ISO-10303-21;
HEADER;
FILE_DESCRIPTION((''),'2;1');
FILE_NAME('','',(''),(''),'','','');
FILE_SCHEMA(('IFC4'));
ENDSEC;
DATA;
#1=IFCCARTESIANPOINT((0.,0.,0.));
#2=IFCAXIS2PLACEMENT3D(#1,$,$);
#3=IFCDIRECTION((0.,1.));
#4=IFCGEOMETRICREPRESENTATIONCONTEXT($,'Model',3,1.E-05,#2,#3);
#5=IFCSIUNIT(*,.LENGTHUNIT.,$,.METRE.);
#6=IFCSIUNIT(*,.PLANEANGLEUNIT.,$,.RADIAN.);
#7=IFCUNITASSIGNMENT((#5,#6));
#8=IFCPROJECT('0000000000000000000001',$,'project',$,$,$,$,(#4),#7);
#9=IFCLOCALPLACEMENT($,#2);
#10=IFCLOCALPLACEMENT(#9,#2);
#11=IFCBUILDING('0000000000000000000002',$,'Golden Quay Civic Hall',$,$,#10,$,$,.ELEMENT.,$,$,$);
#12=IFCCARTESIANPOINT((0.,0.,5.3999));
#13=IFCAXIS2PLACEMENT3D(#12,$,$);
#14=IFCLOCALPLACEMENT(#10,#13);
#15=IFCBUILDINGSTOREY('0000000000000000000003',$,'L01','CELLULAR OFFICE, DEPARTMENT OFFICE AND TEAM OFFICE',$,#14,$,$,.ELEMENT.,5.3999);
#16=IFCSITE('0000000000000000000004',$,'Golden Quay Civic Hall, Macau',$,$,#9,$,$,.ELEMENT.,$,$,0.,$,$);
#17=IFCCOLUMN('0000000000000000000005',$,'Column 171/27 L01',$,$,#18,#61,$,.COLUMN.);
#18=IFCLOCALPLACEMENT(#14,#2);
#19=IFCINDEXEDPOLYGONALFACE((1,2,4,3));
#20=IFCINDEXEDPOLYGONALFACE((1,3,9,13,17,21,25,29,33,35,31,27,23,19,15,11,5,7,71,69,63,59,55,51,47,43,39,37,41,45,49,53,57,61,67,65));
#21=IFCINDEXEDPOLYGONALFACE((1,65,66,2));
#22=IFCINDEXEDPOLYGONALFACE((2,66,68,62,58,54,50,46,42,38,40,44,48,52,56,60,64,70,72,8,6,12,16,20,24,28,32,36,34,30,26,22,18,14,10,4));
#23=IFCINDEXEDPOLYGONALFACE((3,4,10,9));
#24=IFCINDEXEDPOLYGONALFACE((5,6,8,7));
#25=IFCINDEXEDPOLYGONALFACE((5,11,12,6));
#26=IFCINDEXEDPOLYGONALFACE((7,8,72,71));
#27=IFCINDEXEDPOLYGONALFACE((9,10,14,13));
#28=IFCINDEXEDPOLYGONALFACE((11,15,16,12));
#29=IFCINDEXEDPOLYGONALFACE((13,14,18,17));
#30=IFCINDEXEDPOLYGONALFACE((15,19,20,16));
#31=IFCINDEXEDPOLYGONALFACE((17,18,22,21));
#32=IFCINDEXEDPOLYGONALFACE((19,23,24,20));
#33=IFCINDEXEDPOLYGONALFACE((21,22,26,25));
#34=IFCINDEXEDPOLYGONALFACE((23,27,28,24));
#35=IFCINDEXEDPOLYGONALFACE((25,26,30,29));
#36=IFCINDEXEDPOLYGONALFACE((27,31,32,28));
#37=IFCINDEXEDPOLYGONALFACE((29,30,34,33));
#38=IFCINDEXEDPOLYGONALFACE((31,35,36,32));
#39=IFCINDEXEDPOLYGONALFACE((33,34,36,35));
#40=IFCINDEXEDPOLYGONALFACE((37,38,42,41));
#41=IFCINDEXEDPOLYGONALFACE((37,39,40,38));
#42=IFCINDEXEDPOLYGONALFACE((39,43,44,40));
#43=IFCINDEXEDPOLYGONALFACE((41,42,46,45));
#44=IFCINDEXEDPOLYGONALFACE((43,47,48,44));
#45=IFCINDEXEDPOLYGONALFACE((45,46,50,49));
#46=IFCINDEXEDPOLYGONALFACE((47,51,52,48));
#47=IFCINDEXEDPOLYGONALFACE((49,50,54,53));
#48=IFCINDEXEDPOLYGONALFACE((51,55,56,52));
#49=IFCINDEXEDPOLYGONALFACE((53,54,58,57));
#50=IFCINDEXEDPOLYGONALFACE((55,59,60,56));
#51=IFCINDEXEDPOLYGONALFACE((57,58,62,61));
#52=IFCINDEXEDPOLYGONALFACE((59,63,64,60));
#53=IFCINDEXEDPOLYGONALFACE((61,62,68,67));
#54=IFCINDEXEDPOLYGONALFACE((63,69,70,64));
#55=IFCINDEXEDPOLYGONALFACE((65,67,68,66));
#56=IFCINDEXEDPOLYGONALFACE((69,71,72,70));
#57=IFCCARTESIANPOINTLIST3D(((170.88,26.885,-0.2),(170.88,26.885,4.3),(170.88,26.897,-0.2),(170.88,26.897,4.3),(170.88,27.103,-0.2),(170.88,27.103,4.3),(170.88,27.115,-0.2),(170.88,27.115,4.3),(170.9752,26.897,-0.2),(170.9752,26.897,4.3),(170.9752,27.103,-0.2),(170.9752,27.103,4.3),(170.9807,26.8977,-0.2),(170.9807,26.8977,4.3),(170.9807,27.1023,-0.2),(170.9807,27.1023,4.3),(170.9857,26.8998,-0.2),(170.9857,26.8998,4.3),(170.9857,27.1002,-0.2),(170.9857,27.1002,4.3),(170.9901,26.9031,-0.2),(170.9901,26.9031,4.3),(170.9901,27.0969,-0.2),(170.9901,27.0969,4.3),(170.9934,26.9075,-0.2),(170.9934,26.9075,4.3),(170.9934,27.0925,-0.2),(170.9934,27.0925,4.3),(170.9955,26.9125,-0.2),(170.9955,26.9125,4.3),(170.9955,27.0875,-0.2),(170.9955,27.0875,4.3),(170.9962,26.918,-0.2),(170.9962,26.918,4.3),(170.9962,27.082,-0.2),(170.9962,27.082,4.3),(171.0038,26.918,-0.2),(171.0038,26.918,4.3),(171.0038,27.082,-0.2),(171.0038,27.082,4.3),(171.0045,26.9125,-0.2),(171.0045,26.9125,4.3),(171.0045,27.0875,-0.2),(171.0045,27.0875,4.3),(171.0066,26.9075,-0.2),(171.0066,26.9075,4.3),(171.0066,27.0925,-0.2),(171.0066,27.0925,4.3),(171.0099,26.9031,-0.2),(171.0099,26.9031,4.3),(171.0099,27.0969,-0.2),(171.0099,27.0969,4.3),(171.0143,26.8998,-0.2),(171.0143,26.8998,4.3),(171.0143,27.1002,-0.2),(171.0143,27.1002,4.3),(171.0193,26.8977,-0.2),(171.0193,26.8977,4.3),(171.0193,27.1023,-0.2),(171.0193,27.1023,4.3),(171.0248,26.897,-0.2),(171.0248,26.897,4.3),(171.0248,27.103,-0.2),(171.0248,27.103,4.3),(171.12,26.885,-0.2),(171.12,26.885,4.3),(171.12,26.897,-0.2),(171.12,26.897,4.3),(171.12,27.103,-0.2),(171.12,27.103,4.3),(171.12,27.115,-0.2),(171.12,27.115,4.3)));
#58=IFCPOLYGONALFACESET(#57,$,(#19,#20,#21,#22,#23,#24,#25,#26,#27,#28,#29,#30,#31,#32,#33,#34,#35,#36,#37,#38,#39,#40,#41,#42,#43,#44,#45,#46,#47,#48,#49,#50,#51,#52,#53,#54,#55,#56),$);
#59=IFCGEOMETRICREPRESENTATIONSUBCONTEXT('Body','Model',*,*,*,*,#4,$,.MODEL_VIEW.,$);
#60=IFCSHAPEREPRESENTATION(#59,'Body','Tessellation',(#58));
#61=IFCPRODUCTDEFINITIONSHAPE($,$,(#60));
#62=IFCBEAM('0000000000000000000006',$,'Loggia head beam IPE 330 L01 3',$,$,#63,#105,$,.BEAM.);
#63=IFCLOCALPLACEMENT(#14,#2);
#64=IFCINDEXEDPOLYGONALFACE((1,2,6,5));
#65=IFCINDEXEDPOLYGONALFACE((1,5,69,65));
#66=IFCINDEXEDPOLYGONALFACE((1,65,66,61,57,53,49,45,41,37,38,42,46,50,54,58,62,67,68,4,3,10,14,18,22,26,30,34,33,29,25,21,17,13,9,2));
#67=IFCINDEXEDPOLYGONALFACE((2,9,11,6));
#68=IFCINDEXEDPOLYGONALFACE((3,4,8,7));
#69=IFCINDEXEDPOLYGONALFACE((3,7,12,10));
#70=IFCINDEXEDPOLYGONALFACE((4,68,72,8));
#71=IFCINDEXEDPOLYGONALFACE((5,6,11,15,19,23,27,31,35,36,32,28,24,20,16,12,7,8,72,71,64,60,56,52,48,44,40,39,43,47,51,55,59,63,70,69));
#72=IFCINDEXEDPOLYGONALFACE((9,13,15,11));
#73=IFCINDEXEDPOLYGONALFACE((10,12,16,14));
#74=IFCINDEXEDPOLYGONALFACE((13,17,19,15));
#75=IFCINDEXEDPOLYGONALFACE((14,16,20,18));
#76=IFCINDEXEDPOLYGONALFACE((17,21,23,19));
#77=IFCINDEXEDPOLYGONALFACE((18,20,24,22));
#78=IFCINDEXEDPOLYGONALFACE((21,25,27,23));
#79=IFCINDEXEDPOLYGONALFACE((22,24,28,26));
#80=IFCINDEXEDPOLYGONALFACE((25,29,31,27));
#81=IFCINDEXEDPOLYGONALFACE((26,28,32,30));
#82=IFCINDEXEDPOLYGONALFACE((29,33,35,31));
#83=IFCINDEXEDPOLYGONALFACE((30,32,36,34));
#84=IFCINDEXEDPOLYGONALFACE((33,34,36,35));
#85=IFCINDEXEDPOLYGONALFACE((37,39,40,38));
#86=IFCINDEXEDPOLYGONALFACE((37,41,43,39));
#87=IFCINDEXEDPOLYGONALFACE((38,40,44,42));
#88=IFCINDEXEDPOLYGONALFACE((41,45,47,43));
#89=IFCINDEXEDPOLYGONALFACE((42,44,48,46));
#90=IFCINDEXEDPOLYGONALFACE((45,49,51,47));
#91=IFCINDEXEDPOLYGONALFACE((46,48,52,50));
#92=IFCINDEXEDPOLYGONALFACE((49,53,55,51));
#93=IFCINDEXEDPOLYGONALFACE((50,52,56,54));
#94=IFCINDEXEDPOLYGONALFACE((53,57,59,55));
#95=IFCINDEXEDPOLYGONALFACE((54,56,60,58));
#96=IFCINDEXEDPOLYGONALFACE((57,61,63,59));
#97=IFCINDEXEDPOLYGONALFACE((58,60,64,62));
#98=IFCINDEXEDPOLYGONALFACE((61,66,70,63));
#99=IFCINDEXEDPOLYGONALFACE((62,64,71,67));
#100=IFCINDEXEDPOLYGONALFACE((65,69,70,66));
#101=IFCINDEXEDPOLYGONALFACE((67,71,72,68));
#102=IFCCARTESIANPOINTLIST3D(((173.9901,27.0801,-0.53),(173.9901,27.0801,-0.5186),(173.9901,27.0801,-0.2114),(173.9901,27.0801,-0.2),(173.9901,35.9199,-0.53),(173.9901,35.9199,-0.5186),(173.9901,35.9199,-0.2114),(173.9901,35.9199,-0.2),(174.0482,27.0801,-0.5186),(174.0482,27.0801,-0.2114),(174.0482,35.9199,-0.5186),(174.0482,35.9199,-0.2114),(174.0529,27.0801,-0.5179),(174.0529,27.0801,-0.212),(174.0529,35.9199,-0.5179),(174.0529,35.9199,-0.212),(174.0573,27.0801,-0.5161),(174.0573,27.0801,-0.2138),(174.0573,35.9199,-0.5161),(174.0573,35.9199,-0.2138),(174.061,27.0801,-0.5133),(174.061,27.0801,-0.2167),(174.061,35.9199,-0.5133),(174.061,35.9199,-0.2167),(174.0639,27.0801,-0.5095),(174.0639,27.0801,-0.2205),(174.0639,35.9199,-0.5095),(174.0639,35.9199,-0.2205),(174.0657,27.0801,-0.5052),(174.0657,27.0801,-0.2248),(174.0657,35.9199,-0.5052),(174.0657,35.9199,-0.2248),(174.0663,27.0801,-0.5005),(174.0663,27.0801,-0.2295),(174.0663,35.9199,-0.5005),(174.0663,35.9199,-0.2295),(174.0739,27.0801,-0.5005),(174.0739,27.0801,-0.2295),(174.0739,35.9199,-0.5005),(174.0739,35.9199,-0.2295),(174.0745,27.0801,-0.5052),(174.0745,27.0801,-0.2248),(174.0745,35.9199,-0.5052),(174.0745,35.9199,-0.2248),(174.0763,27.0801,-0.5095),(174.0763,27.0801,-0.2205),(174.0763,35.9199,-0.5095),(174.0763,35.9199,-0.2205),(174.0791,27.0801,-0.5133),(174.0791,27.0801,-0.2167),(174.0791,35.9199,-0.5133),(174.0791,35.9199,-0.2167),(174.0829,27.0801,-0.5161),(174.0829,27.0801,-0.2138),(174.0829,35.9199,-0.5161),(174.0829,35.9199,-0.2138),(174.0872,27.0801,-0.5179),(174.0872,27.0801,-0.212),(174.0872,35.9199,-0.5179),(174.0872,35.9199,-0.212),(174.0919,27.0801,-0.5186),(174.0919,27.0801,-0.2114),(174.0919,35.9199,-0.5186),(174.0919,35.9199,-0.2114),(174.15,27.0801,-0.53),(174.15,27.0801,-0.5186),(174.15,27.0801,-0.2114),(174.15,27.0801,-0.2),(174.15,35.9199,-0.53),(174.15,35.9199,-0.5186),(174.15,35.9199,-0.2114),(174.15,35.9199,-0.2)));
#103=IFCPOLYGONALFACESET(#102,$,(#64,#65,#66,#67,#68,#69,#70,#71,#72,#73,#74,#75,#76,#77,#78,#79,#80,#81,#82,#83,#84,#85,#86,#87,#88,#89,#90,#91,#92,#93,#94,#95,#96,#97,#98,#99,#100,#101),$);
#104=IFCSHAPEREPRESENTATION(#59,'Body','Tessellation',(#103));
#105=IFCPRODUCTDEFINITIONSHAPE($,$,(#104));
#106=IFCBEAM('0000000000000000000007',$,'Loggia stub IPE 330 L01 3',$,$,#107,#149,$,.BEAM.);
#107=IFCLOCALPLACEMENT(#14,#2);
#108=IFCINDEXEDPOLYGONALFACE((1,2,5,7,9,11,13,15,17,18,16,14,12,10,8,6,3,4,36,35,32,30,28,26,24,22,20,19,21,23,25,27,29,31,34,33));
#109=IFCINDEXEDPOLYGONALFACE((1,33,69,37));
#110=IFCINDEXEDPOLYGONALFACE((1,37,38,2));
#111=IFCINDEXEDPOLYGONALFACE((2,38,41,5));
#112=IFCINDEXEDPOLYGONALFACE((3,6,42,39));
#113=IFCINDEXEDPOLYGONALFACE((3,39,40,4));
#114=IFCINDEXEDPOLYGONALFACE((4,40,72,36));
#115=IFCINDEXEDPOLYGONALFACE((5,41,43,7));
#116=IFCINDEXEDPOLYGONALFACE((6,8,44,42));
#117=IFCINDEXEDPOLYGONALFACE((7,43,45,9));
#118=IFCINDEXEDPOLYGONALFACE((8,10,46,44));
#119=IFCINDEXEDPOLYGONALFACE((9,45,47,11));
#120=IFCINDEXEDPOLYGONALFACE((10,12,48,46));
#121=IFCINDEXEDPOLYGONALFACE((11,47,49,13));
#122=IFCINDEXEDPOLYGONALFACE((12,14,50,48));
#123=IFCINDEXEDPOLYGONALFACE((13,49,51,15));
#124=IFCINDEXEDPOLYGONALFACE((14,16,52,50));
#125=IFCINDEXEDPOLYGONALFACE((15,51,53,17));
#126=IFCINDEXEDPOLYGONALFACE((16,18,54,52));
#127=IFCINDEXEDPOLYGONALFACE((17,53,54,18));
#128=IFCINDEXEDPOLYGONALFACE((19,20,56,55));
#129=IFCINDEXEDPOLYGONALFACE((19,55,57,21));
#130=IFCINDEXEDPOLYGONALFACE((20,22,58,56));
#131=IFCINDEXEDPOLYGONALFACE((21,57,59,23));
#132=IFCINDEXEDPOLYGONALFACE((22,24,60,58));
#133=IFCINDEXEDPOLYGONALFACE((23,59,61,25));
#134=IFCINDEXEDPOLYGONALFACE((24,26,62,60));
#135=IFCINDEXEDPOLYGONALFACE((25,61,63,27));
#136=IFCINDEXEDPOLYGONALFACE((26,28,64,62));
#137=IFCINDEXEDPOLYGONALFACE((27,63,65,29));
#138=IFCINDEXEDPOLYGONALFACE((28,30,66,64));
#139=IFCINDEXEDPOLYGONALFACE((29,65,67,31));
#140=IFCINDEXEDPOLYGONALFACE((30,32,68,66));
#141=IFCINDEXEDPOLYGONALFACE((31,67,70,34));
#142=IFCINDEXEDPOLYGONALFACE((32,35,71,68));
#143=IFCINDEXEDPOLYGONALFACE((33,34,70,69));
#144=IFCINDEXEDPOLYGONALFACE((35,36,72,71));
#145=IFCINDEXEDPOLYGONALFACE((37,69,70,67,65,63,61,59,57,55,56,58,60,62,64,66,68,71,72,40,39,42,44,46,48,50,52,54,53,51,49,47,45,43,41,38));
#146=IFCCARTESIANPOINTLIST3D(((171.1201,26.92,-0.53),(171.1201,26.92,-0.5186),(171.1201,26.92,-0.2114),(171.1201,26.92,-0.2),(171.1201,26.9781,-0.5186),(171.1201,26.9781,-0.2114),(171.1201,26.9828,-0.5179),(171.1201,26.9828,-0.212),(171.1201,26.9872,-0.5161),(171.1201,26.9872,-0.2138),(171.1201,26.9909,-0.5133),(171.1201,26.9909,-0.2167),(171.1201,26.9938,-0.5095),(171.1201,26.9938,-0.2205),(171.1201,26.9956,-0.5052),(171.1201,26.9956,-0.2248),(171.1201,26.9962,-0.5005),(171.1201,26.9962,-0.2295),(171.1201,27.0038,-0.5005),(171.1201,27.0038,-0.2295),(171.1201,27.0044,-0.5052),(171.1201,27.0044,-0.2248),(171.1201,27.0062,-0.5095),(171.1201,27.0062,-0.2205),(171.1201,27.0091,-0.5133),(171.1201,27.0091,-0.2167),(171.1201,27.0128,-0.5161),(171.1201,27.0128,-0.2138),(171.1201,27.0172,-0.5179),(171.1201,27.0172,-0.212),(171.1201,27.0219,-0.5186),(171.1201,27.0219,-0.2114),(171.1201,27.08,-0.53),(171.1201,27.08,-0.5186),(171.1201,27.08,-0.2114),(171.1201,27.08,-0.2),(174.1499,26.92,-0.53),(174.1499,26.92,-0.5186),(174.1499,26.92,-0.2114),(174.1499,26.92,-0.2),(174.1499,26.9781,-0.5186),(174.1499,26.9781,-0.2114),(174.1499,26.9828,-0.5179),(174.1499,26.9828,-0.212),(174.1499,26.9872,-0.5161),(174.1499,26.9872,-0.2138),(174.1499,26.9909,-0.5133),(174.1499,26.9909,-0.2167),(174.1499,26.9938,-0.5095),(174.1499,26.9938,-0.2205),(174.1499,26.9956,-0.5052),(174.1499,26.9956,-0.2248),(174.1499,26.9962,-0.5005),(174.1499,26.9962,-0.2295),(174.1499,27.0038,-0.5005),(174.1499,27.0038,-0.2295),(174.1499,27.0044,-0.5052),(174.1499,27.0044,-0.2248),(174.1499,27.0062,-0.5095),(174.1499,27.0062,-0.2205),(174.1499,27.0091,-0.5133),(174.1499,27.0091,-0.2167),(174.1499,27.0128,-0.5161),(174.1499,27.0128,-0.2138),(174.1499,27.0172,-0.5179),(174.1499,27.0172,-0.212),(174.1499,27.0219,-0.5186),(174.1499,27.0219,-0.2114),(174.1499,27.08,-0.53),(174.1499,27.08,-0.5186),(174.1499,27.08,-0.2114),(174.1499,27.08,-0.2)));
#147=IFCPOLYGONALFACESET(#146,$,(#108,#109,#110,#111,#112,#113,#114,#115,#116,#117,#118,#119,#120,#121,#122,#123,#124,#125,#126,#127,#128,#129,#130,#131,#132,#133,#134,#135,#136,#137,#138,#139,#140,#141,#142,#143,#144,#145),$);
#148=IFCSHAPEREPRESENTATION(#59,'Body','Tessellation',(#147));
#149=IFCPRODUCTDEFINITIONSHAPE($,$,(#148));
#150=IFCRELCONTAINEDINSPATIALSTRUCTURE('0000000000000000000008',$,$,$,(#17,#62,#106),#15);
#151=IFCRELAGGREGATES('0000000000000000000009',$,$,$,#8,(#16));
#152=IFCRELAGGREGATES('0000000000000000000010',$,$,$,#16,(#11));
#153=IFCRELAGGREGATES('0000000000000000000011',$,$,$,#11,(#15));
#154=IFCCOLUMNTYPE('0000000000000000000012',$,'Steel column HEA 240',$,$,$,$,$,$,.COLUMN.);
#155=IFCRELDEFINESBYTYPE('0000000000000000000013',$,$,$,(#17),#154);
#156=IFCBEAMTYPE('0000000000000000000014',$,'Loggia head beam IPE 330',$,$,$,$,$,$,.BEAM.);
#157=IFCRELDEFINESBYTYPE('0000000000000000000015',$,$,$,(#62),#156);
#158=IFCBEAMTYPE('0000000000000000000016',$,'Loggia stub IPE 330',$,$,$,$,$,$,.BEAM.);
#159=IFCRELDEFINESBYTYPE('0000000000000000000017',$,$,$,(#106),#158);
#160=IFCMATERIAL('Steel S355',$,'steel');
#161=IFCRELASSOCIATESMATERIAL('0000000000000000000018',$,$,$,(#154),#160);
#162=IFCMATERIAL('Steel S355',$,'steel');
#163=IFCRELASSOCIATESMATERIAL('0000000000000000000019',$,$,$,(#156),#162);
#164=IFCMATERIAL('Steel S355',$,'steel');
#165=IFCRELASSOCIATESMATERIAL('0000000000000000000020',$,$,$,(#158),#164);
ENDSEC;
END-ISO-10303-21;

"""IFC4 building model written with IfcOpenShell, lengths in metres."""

from ifc_helpers import new_model, si_unit, direction, frame, origin, origin_2d, place, context, subcontext, project, spatial, i_section, extrude, material, material_profile, profile_set, type_object, element, save


model = new_model("IFC4")

# Units and contexts
model_context = context("Model", 3, precision=1e-05, world=origin(), true_north=direction((0.0, 1.0)))
body_context = subcontext(model_context, "Body", "Model", "MODEL_VIEW")
ifc_project = project(units=[si_unit("LENGTHUNIT", "METRE"), si_unit("PLANEANGLEUNIT", "RADIAN")], contexts=[model_context])

# Site, building, storey
site_placement = place(None, origin())
site = spatial("IfcSite", under=ifc_project, at=site_placement, Name="Golden Quay Civic Hall, Macau", CompositionType="ELEMENT", RefElevation=0.0)
building_placement = place(site_placement, origin())
building = spatial("IfcBuilding", under=site, at=building_placement, Name="Golden Quay Civic Hall", CompositionType="ELEMENT")
storey_placement = place(building_placement, frame((0.0, 0.0, 5.3999)))
storey = spatial("IfcBuildingStorey", under=building, at=storey_placement, Name="L01", Description="CELLULAR OFFICE, DEPARTMENT OFFICE AND TEAM OFFICE", CompositionType="ELEMENT", Elevation=5.3999)

# Column
ifc_material_1 = material(Name="Steel S355", Category="steel")
ifc_material_profile_1 = material_profile(ifc_material_1, i_section(OverallWidth=0.24, OverallDepth=0.23, WebThickness=0.0076, FlangeThickness=0.012, FilletRadius=0.021, at=origin_2d()), Name="HEA 240")
ifc_profile_set_1 = profile_set([ifc_material_profile_1], Name="Steel S355")
column_type = type_object("IfcColumnType", Name="Steel column HEA 240", PredefinedType="COLUMN", material=ifc_profile_set_1)
column_placement = place(storey_placement, frame((171.0, 27.0, -0.2), z_axis=(0.0, 0.0, 1.0), x_axis=(1.0, 0.0, 0.0)))
element("IfcColumn", 1, at=column_placement, inside=storey, type_object=column_type, Name="Column 171/27 L01", PredefinedType="COLUMN", context=body_context, shape_type="SweptSolid", body=[
    extrude(i_section(OverallWidth=0.24, OverallDepth=0.23, WebThickness=0.0076, FlangeThickness=0.012, FilletRadius=0.021, at=origin_2d()), origin(), (0.0, 0.0, 1.0), 4.5),
])

# Beams
ifc_material_2 = material(Name="Steel S355", Category="steel")
ifc_material_profile_2 = material_profile(ifc_material_2, i_section(OverallWidth=0.1599, OverallDepth=0.3301, WebThickness=0.0076, FlangeThickness=0.0115, FilletRadius=0.0181, at=origin_2d()), Name="IPE 330")
ifc_profile_set_2 = profile_set([ifc_material_profile_2], Name="Steel S355")
beam_type_1 = type_object("IfcBeamType", Name="Loggia head beam IPE 330", PredefinedType="BEAM", material=ifc_profile_set_2)
beam_1_placement = place(storey_placement, frame((174.0701, 27.0801, -0.365), z_axis=(0.0, 1.0, 0.0), x_axis=(-1.0, 0.0, 0.0)))
element("IfcBeam", 2, at=beam_1_placement, inside=storey, type_object=beam_type_1, Name="Loggia head beam IPE 330 L01 3", PredefinedType="BEAM", context=body_context, shape_type="SweptSolid", body=[
    extrude(i_section(OverallWidth=0.1599, OverallDepth=0.3301, WebThickness=0.0076, FlangeThickness=0.0115, FilletRadius=0.0181, at=origin_2d()), origin(), (0.0, 0.0, 1.0), 8.8398),
])
ifc_material_3 = material(Name="Steel S355", Category="steel")
ifc_material_profile_3 = material_profile(ifc_material_3, i_section(OverallWidth=0.1599, OverallDepth=0.3301, WebThickness=0.0076, FlangeThickness=0.0115, FilletRadius=0.0181, at=origin_2d()), Name="IPE 330")
ifc_profile_set_3 = profile_set([ifc_material_profile_3], Name="Steel S355")
beam_type_2 = type_object("IfcBeamType", Name="Loggia stub IPE 330", PredefinedType="BEAM", material=ifc_profile_set_3)
beam_2_placement = place(storey_placement, frame((171.1201, 27.0, -0.365), z_axis=(1.0, 0.0, 0.0), x_axis=(0.0, 1.0, 0.0)))
element("IfcBeam", 3, at=beam_2_placement, inside=storey, type_object=beam_type_2, Name="Loggia stub IPE 330 L01 3", PredefinedType="BEAM", context=body_context, shape_type="SweptSolid", body=[
    extrude(i_section(OverallWidth=0.1599, OverallDepth=0.3301, WebThickness=0.0076, FlangeThickness=0.0115, FilletRadius=0.0181, at=origin_2d()), origin(), (0.0, 0.0, 1.0), 3.0298),
])

save(model, "model.ifc")
